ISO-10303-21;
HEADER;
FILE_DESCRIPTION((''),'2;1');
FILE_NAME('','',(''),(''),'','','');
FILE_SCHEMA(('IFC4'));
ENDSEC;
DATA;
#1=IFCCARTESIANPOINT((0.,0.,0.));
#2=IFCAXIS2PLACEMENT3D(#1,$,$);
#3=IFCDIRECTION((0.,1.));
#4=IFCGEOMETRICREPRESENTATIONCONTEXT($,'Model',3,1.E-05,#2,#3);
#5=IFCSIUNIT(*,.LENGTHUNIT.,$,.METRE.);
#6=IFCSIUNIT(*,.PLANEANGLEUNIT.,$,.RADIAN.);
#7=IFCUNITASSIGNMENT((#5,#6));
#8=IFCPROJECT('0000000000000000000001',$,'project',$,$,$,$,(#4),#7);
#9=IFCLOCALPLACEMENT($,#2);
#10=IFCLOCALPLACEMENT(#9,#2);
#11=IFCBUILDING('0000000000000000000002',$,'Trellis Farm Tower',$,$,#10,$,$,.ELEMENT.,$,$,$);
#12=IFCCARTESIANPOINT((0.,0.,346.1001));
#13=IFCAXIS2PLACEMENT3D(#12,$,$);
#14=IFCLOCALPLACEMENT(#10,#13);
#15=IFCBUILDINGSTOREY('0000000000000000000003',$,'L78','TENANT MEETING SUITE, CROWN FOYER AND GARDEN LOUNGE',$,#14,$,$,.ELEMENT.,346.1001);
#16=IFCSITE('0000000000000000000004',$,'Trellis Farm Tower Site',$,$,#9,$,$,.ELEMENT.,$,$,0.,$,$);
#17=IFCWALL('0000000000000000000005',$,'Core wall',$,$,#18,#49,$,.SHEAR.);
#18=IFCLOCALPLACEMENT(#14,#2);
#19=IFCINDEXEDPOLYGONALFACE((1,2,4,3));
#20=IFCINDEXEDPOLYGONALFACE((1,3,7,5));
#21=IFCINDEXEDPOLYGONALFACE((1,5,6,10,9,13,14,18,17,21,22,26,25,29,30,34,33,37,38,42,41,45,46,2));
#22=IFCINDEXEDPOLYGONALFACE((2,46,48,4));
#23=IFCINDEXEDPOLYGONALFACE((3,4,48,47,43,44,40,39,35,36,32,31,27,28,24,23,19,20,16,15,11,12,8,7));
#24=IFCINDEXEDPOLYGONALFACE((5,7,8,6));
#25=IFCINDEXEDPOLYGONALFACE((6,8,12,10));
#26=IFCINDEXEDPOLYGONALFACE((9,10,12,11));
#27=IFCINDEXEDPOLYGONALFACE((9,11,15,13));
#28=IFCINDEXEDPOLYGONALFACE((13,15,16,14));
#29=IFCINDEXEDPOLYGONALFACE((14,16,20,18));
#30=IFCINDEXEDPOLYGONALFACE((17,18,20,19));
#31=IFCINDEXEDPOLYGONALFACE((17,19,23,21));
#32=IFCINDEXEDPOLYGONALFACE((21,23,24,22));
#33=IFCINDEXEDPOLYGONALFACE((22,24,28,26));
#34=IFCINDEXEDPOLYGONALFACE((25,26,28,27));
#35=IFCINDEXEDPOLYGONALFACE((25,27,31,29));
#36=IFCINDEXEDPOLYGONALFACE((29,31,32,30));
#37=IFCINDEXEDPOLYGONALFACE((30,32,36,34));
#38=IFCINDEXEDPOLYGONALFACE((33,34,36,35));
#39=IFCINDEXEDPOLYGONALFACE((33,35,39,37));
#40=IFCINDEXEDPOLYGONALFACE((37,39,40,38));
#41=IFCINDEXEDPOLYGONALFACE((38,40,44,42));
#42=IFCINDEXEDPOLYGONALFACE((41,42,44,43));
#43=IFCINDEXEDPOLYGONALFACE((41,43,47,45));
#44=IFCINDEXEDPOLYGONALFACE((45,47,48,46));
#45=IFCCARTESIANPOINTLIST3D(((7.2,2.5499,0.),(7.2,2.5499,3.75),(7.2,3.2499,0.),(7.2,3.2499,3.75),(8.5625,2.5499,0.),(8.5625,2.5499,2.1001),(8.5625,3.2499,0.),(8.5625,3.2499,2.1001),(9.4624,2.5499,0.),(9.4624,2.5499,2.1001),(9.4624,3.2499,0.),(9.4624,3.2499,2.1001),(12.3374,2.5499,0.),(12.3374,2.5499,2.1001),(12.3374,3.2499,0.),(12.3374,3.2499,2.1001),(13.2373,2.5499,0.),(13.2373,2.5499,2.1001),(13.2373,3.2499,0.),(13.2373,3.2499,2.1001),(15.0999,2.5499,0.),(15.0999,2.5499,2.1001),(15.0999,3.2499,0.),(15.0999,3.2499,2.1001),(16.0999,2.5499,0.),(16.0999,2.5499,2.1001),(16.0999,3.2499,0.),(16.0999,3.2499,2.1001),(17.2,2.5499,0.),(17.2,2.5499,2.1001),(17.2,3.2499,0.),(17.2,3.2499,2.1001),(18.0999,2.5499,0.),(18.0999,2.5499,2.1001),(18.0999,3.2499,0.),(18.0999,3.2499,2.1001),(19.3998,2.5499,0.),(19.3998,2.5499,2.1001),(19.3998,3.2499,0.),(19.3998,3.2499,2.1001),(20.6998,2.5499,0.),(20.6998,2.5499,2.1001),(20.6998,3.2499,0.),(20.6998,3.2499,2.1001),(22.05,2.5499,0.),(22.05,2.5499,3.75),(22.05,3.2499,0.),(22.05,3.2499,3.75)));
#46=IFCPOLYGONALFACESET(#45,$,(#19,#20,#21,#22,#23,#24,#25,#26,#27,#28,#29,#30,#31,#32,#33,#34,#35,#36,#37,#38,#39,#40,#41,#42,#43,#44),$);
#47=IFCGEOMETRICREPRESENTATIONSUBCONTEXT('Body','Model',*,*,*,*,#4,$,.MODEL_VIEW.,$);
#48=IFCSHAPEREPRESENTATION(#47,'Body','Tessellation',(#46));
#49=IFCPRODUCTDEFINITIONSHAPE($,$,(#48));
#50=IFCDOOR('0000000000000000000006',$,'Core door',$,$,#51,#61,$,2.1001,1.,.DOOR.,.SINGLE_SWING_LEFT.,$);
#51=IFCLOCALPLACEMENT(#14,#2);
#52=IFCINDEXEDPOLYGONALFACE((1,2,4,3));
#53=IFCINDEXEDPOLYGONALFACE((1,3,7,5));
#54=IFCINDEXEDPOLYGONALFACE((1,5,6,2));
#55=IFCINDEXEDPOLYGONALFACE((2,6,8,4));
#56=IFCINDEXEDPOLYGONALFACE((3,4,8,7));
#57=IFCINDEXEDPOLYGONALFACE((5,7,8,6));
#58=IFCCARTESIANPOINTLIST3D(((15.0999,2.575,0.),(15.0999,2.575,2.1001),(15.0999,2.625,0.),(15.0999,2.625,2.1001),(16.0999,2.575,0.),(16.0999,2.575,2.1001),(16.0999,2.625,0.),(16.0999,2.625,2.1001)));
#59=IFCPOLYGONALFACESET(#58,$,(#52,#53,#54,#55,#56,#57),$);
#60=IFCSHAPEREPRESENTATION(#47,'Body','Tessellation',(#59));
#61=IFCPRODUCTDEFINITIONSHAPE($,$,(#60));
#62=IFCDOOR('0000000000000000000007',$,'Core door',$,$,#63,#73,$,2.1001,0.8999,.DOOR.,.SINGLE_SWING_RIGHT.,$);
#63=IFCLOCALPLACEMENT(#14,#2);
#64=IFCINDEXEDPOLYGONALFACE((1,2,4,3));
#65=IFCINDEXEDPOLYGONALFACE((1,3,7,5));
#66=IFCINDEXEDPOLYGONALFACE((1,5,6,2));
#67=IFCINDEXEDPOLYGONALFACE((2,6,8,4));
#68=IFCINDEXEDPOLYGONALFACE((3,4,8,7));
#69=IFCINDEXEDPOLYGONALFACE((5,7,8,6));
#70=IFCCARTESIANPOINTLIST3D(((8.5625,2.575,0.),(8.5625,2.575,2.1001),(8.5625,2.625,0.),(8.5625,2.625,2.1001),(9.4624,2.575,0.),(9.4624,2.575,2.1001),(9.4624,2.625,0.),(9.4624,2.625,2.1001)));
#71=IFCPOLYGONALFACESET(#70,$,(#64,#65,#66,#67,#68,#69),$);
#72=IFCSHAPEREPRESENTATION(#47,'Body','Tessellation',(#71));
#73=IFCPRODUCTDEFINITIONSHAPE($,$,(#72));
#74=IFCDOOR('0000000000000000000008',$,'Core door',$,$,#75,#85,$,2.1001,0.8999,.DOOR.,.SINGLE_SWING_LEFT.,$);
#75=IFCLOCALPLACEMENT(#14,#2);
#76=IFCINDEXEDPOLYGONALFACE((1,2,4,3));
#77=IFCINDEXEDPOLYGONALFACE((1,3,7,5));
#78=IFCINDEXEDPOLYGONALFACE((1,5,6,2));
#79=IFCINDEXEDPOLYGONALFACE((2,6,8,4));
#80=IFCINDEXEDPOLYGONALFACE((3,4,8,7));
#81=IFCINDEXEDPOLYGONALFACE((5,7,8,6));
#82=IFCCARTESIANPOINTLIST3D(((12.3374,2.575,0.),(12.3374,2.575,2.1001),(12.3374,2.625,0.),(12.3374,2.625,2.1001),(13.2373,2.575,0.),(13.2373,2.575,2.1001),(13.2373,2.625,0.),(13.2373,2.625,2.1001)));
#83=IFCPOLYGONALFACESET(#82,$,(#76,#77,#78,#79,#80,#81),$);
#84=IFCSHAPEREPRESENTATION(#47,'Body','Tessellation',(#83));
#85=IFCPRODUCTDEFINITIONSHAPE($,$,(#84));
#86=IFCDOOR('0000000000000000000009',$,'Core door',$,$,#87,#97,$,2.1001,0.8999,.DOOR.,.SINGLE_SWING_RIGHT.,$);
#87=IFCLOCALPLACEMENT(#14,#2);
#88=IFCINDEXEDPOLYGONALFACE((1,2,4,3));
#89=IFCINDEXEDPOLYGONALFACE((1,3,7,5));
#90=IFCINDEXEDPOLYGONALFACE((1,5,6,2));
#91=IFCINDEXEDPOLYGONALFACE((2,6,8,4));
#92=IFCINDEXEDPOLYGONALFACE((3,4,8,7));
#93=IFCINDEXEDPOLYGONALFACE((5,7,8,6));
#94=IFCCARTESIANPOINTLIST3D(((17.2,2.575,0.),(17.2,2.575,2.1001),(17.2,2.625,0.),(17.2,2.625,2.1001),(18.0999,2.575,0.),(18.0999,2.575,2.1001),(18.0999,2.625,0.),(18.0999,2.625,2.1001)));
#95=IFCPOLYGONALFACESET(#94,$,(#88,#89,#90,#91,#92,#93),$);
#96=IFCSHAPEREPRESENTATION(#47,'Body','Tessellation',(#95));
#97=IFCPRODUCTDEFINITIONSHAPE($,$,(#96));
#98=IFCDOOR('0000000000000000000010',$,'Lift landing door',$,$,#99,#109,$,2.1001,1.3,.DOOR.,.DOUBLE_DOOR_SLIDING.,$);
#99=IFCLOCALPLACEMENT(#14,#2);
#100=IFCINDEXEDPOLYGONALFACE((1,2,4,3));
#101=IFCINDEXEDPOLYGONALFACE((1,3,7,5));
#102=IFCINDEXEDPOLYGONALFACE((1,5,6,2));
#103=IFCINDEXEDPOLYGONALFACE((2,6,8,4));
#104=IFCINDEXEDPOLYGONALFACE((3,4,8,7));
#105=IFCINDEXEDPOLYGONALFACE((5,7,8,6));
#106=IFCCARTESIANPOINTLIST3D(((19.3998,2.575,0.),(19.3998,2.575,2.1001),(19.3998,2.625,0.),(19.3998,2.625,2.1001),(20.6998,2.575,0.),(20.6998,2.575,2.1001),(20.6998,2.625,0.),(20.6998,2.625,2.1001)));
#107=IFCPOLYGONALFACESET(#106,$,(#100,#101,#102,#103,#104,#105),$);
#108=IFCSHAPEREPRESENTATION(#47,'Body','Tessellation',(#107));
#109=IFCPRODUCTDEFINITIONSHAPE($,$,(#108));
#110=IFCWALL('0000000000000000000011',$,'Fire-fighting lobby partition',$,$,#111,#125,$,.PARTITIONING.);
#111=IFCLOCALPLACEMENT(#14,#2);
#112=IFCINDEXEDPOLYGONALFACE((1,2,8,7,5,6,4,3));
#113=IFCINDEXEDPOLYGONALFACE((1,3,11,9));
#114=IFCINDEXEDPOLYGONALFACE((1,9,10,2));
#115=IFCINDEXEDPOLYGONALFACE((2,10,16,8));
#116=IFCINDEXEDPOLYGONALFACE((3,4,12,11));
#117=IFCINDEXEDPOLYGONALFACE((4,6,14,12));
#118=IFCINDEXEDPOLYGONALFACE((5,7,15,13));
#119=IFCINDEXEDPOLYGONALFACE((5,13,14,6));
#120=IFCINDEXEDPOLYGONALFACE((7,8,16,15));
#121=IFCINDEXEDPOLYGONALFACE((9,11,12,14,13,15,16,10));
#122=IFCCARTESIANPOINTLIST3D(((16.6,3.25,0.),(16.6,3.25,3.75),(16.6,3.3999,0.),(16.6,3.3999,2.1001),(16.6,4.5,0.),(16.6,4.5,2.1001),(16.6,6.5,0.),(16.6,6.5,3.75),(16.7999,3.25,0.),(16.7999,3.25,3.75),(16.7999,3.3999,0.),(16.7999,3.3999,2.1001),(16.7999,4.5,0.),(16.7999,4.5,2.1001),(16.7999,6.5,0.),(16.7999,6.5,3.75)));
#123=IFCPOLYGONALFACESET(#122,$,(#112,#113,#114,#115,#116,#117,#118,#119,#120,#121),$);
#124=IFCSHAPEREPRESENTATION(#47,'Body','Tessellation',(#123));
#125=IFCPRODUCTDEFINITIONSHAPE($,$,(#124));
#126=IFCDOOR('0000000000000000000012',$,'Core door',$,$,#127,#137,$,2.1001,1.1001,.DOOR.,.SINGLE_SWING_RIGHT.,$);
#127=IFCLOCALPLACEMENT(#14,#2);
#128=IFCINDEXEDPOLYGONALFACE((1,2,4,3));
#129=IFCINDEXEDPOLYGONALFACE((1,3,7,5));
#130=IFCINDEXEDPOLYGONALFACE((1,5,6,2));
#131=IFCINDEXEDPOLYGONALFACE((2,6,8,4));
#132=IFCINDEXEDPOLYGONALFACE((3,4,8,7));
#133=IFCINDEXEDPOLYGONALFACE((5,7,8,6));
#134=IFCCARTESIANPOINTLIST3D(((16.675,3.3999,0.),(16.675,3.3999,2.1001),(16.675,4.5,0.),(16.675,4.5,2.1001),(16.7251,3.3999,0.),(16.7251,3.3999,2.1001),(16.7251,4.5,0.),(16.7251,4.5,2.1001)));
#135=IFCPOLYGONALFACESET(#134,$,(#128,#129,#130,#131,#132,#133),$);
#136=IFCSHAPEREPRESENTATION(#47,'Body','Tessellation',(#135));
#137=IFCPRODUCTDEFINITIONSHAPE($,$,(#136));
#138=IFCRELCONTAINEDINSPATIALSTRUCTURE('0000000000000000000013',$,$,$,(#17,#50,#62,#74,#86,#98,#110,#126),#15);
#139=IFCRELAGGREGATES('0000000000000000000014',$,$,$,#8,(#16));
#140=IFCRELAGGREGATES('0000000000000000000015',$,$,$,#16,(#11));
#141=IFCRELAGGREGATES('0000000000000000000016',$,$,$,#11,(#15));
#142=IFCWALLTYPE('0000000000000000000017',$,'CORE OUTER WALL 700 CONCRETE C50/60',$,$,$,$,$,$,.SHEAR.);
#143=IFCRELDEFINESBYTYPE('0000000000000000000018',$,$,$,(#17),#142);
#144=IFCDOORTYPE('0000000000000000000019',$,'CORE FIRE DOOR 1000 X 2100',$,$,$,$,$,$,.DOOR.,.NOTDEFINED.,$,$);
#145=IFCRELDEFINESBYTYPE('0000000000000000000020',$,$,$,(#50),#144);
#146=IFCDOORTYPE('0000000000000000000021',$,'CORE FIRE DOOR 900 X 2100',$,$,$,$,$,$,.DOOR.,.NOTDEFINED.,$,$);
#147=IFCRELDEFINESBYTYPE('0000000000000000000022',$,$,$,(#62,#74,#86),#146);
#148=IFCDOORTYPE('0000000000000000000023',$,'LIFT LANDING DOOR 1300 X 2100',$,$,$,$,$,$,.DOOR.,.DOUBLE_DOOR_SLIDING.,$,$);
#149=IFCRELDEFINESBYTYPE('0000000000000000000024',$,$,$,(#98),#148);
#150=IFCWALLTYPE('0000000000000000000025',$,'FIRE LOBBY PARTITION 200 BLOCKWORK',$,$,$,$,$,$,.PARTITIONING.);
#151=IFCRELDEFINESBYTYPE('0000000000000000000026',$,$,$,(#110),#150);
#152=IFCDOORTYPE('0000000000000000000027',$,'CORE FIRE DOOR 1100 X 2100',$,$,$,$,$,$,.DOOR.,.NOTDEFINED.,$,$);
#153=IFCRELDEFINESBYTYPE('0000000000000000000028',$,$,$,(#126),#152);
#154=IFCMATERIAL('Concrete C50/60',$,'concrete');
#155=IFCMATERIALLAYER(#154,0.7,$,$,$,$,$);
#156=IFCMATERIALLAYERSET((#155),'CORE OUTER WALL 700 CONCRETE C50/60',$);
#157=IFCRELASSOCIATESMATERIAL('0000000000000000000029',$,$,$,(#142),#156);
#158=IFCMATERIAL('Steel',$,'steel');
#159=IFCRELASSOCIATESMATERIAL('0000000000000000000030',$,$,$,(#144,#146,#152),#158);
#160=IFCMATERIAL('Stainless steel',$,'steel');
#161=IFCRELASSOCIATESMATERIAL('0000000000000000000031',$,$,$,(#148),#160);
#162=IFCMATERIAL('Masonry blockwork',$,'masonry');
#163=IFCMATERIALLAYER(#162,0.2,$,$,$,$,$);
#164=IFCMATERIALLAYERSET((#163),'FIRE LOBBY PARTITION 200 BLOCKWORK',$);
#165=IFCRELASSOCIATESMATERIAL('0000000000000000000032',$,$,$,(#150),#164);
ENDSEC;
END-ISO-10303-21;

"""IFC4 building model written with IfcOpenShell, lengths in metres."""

from ifc_helpers import new_model, si_unit, direction, frame, frame_2d, origin, place, context, subcontext, project, spatial, rectangle, extrude, source, transform, mapped, material, layer, layer_set, type_object, element, fill, save


model = new_model("IFC4")

# Units and contexts
model_context = context("Model", 3, precision=1e-05, world=origin(), true_north=direction((0.0, 1.0)))
body_context = subcontext(model_context, "Body", "Model", "MODEL_VIEW")
ifc_project = project(units=[si_unit("LENGTHUNIT", "METRE"), si_unit("PLANEANGLEUNIT", "RADIAN")], contexts=[model_context])

# Site, building, storey
site_placement = place(None, origin())
site = spatial("IfcSite", under=ifc_project, at=site_placement, Name="Trellis Farm Tower Site", CompositionType="ELEMENT", RefElevation=0.0)
building_placement = place(site_placement, origin())
building = spatial("IfcBuilding", under=site, at=building_placement, Name="Trellis Farm Tower", CompositionType="ELEMENT")
storey_placement = place(building_placement, frame((0.0, 0.0, 346.1001)))
storey = spatial("IfcBuildingStorey", under=building, at=storey_placement, Name="L78", Description="TENANT MEETING SUITE, CROWN FOYER AND GARDEN LOUNGE", CompositionType="ELEMENT", Elevation=346.1001)

# Shared definitions
ifc_material_1 = material(Name="Concrete C50/60", Category="concrete")

# Shared definitions
ifc_material_2 = material(Name="Masonry blockwork", Category="masonry")

# Wall, openings, doors
ifc_layer_1 = layer(ifc_material_1, 0.7)
ifc_layer_set_1 = layer_set([ifc_layer_1], Name="CORE OUTER WALL 700 CONCRETE C50/60")
wall_type_1 = type_object("IfcWallType", Name="CORE OUTER WALL 700 CONCRETE C50/60", PredefinedType="SHEAR", material=ifc_layer_set_1)
shared_shape_1 = source(origin(), body_context, "Body", "SweptSolid", [
    extrude(rectangle(XDim=14.8501, YDim=0.7, at=frame_2d((7.425, 0.0))), origin(), (0.0, 0.0, 1.0), 3.75),
])
wall_1_placement = place(storey_placement, frame((7.2, 2.8999, 0.0), z_axis=(0.0, 0.0, 1.0), x_axis=(1.0, 0.0, 0.0)))
wall_1 = element("IfcWall", 1, at=wall_1_placement, inside=storey, type_object=wall_type_1, Name="Core wall", PredefinedType="SHEAR", context=body_context, shape_type="MappedRepresentation", body=[
    mapped(shared_shape_1, transform((0.0, 0.0, 0.0))),
])
shared_shape_2 = source(origin(), body_context, "Body", "SweptSolid", [
    extrude(rectangle(XDim=1.3, YDim=2.1001, at=frame_2d((0.6499, 1.05))), frame((0.0, 0.3601, 0.0), z_axis=(0.0, -1.0, 0.0), x_axis=(1.0, 0.0, 0.0)), (0.0, 0.0, 1.0), 0.7202),
])
opening_1_placement = place(wall_1_placement, frame((12.2, 0.0, 0.0)))
opening_1 = element("IfcOpeningElement", 2, at=opening_1_placement, cuts=wall_1, PredefinedType="OPENING", context=body_context, shape_type="MappedRepresentation", body=[
    mapped(shared_shape_2, transform((0.0, 0.0, 0.0))),
])
shared_shape_3 = source(origin(), body_context, "Body", "SweptSolid", [
    extrude(rectangle(XDim=1.0, YDim=2.1001, at=frame_2d((0.5, 1.05))), frame((0.0, 0.3601, 0.0), z_axis=(0.0, -1.0, 0.0), x_axis=(1.0, 0.0, 0.0)), (0.0, 0.0, 1.0), 0.7202),
])
opening_2_placement = place(wall_1_placement, frame((7.8999, 0.0, 0.0)))
opening_2 = element("IfcOpeningElement", 3, at=opening_2_placement, cuts=wall_1, PredefinedType="OPENING", context=body_context, shape_type="MappedRepresentation", body=[
    mapped(shared_shape_3, transform((0.0, 0.0, 0.0))),
])
shared_shape_4 = source(origin(), body_context, "Body", "SweptSolid", [
    extrude(rectangle(XDim=0.8999, YDim=2.1001, at=frame_2d((0.45, 1.05))), frame((0.0, 0.3601, 0.0), z_axis=(0.0, -1.0, 0.0), x_axis=(1.0, 0.0, 0.0)), (0.0, 0.0, 1.0), 0.7202),
])
opening_3_placement = place(wall_1_placement, frame((1.3625, 0.0, 0.0)))
opening_3 = element("IfcOpeningElement", 4, at=opening_3_placement, cuts=wall_1, PredefinedType="OPENING", context=body_context, shape_type="MappedRepresentation", body=[
    mapped(shared_shape_4, transform((0.0, 0.0, 0.0))),
])
opening_4_placement = place(wall_1_placement, frame((5.1375, 0.0, 0.0)))
opening_4 = element("IfcOpeningElement", 5, at=opening_4_placement, cuts=wall_1, PredefinedType="OPENING", context=body_context, shape_type="MappedRepresentation", body=[
    mapped(shared_shape_4, transform((0.0, 0.0, 0.0))),
])
opening_5_placement = place(wall_1_placement, frame((10.0, 0.0, 0.0)))
opening_5 = element("IfcOpeningElement", 6, at=opening_5_placement, cuts=wall_1, PredefinedType="OPENING", context=body_context, shape_type="MappedRepresentation", body=[
    mapped(shared_shape_4, transform((0.0, 0.0, 0.0))),
])
ifc_material_3 = material(Name="Steel", Category="steel")
door_type_1 = type_object("IfcDoorType", Name="CORE FIRE DOOR 1000 X 2100", OperationType="NOTDEFINED", PredefinedType="DOOR", material=ifc_material_3)
shared_shape_5 = source(origin(), body_context, "Body", "SweptSolid", [
    extrude(rectangle(XDim=1.0, YDim=2.1001, at=frame_2d((0.5, 1.05))), frame((0.0, -0.2749, 0.0), z_axis=(0.0, -1.0, 0.0), x_axis=(1.0, 0.0, 0.0)), (0.0, 0.0, 1.0), 0.05),
])
door_1_placement = place(opening_2_placement, origin())
door_1 = element("IfcDoor", 7, at=door_1_placement, inside=storey, type_object=door_type_1, Name="Core door", OperationType="SINGLE_SWING_LEFT", OverallHeight=2.1001, OverallWidth=1.0, PredefinedType="DOOR", context=body_context, shape_type="MappedRepresentation", body=[
    mapped(shared_shape_5, transform((0.0, 0.0, 0.0))),
])
fill(opening_2, door_1)
door_type_2 = type_object("IfcDoorType", Name="CORE FIRE DOOR 900 X 2100", OperationType="NOTDEFINED", PredefinedType="DOOR", material=ifc_material_3)
shared_shape_6 = source(origin(), body_context, "Body", "SweptSolid", [
    extrude(rectangle(XDim=0.8999, YDim=2.1001, at=frame_2d((0.45, 1.05))), frame((0.0, -0.2749, 0.0), z_axis=(0.0, -1.0, 0.0), x_axis=(1.0, 0.0, 0.0)), (0.0, 0.0, 1.0), 0.05),
])
door_2_placement = place(opening_3_placement, origin())
door_2 = element("IfcDoor", 8, at=door_2_placement, inside=storey, type_object=door_type_2, Name="Core door", OperationType="SINGLE_SWING_RIGHT", OverallHeight=2.1001, OverallWidth=0.8999, PredefinedType="DOOR", context=body_context, shape_type="MappedRepresentation", body=[
    mapped(shared_shape_6, transform((0.0, 0.0, 0.0))),
])
fill(opening_3, door_2)
door_3_placement = place(opening_4_placement, origin())
door_3 = element("IfcDoor", 9, at=door_3_placement, inside=storey, type_object=door_type_2, Name="Core door", OperationType="SINGLE_SWING_LEFT", OverallHeight=2.1001, OverallWidth=0.8999, PredefinedType="DOOR", context=body_context, shape_type="MappedRepresentation", body=[
    mapped(shared_shape_6, transform((0.0, 0.0, 0.0))),
])
fill(opening_4, door_3)
door_4_placement = place(opening_5_placement, origin())
door_4 = element("IfcDoor", 10, at=door_4_placement, inside=storey, type_object=door_type_2, Name="Core door", OperationType="SINGLE_SWING_RIGHT", OverallHeight=2.1001, OverallWidth=0.8999, PredefinedType="DOOR", context=body_context, shape_type="MappedRepresentation", body=[
    mapped(shared_shape_6, transform((0.0, 0.0, 0.0))),
])
fill(opening_5, door_4)
ifc_material_4 = material(Name="Stainless steel", Category="steel")
door_type_3 = type_object("IfcDoorType", Name="LIFT LANDING DOOR 1300 X 2100", OperationType="DOUBLE_DOOR_SLIDING", PredefinedType="DOOR", material=ifc_material_4)
shared_shape_7 = source(origin(), body_context, "Body", "SweptSolid", [
    extrude(rectangle(XDim=1.3, YDim=2.1001, at=frame_2d((0.6499, 1.05))), frame((0.0, -0.2749, 0.0), z_axis=(0.0, -1.0, 0.0), x_axis=(1.0, 0.0, 0.0)), (0.0, 0.0, 1.0), 0.05),
])
door_5_placement = place(opening_1_placement, origin())
door_5 = element("IfcDoor", 11, at=door_5_placement, inside=storey, type_object=door_type_3, Name="Lift landing door", OperationType="DOUBLE_DOOR_SLIDING", OverallHeight=2.1001, OverallWidth=1.3, PredefinedType="DOOR", context=body_context, shape_type="MappedRepresentation", body=[
    mapped(shared_shape_7, transform((0.0, 0.0, 0.0))),
])
fill(opening_1, door_5)

# Wall, opening, door
ifc_layer_2 = layer(ifc_material_2, 0.2)
ifc_layer_set_2 = layer_set([ifc_layer_2], Name="FIRE LOBBY PARTITION 200 BLOCKWORK")
wall_type_2 = type_object("IfcWallType", Name="FIRE LOBBY PARTITION 200 BLOCKWORK", PredefinedType="PARTITIONING", material=ifc_layer_set_2)
shared_shape_8 = source(origin(), body_context, "Body", "SweptSolid", [
    extrude(rectangle(XDim=3.25, YDim=0.2, at=frame_2d((1.625, 0.0))), origin(), (0.0, 0.0, 1.0), 3.75),
])
wall_2_placement = place(storey_placement, frame((16.7, 3.25, 0.0), z_axis=(0.0, 0.0, 1.0), x_axis=(0.0, 1.0, 0.0)))
wall_2 = element("IfcWall", 12, at=wall_2_placement, inside=storey, type_object=wall_type_2, Name="Fire-fighting lobby partition", PredefinedType="PARTITIONING", context=body_context, shape_type="MappedRepresentation", body=[
    mapped(shared_shape_8, transform((0.0, 0.0, 0.0))),
])
shared_shape_9 = source(origin(), body_context, "Body", "SweptSolid", [
    extrude(rectangle(XDim=1.1001, YDim=2.1001, at=frame_2d((0.55, 1.05))), frame((0.0, 0.1101, 0.0), z_axis=(0.0, -1.0, 0.0), x_axis=(1.0, 0.0, 0.0)), (0.0, 0.0, 1.0), 0.2202),
])
opening_6_placement = place(wall_2_placement, frame((0.1499, 0.0, 0.0)))
opening_6 = element("IfcOpeningElement", 13, at=opening_6_placement, cuts=wall_2, PredefinedType="OPENING", context=body_context, shape_type="MappedRepresentation", body=[
    mapped(shared_shape_9, transform((0.0, 0.0, 0.0))),
])
door_type_4 = type_object("IfcDoorType", Name="CORE FIRE DOOR 1100 X 2100", OperationType="NOTDEFINED", PredefinedType="DOOR", material=ifc_material_3)
shared_shape_10 = source(origin(), body_context, "Body", "SweptSolid", [
    extrude(rectangle(XDim=1.1001, YDim=2.1001, at=frame_2d((0.55, 1.05))), frame((0.0, 0.0249, 0.0), z_axis=(0.0, -1.0, 0.0), x_axis=(1.0, 0.0, 0.0)), (0.0, 0.0, 1.0), 0.05),
])
door_6_placement = place(opening_6_placement, origin())
door_6 = element("IfcDoor", 14, at=door_6_placement, inside=storey, type_object=door_type_4, Name="Core door", OperationType="SINGLE_SWING_RIGHT", OverallHeight=2.1001, OverallWidth=1.1001, PredefinedType="DOOR", context=body_context, shape_type="MappedRepresentation", body=[
    mapped(shared_shape_10, transform((0.0, 0.0, 0.0))),
])
fill(opening_6, door_6)

save(model, "model.ifc")
